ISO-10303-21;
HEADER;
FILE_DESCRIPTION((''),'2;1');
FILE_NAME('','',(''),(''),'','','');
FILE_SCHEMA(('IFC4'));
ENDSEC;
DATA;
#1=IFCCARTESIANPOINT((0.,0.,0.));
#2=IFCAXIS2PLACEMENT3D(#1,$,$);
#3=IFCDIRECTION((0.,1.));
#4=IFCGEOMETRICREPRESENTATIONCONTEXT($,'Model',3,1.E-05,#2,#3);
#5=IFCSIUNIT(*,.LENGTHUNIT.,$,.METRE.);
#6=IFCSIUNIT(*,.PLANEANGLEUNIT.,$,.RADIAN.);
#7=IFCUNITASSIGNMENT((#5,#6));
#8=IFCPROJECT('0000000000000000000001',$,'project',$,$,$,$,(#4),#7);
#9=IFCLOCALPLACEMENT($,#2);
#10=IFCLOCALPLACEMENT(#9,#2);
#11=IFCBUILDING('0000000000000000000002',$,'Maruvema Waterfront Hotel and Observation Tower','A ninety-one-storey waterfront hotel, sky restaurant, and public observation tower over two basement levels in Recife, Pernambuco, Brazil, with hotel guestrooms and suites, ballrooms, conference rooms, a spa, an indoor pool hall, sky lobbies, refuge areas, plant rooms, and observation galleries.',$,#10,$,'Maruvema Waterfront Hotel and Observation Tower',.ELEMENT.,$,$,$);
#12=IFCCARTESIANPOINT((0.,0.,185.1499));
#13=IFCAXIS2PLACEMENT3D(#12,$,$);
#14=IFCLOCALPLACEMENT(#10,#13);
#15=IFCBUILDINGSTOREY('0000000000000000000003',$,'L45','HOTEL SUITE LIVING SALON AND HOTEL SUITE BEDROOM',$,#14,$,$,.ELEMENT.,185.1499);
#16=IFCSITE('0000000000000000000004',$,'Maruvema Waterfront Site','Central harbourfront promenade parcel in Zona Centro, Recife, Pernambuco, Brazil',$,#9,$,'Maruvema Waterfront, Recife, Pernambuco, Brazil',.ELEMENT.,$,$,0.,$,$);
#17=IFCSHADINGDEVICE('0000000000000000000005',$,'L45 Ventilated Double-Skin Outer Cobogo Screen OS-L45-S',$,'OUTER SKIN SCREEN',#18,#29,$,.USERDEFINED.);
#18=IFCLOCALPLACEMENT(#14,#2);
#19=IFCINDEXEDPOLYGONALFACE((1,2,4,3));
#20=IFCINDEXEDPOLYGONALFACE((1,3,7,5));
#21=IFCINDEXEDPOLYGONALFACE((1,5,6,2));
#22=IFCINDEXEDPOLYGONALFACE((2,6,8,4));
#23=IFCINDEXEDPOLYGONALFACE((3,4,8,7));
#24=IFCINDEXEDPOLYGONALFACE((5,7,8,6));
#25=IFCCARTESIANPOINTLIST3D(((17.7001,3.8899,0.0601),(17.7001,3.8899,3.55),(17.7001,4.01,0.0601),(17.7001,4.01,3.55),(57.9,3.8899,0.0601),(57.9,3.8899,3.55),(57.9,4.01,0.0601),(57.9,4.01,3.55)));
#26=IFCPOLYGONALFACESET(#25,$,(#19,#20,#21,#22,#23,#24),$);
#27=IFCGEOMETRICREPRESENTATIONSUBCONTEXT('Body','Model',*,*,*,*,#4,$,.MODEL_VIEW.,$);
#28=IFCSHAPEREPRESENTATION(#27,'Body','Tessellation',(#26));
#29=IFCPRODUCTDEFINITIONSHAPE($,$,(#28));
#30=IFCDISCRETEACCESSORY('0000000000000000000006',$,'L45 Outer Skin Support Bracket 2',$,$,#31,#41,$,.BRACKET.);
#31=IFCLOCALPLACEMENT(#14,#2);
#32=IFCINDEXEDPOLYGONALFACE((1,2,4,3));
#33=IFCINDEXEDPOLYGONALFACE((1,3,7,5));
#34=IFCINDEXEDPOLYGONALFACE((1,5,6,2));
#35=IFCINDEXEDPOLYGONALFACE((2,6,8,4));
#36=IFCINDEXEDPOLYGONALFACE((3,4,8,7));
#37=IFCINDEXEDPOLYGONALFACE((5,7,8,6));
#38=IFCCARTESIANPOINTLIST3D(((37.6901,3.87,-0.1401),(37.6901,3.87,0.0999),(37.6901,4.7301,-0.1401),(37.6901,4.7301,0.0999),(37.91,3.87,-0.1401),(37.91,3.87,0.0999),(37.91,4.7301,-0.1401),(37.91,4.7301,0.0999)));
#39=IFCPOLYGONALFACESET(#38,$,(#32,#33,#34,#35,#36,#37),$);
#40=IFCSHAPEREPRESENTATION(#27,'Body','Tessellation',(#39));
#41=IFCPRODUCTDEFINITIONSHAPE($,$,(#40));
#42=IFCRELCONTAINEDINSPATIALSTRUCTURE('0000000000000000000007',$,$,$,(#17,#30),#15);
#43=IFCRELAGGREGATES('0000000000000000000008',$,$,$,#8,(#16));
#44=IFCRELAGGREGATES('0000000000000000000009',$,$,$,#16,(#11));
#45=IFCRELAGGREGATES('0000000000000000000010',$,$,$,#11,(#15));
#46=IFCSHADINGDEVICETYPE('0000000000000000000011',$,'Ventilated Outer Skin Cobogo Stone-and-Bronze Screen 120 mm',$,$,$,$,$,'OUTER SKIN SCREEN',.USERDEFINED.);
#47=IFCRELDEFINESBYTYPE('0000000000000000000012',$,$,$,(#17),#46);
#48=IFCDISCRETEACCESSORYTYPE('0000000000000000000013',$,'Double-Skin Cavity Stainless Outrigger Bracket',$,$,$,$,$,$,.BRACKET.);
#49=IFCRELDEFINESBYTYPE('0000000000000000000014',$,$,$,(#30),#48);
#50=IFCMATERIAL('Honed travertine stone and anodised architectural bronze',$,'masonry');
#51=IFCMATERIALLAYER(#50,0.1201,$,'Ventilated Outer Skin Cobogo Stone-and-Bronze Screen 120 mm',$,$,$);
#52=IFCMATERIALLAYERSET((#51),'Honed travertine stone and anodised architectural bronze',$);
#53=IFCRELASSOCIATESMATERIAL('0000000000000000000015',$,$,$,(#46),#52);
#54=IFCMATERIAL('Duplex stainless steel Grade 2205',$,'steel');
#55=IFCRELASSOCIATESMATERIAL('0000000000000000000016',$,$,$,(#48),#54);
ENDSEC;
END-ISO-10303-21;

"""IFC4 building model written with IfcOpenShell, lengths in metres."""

from ifc_helpers import new_model, si_unit, direction, frame, origin, origin_2d, place, context, subcontext, project, spatial, rectangle, extrude, material, layer, layer_set, type_object, element, save


model = new_model("IFC4")

# Units and contexts
model_context = context("Model", 3, precision=1e-05, world=origin(), true_north=direction((0.0, 1.0)))
body_context = subcontext(model_context, "Body", "Model", "MODEL_VIEW")
ifc_project = project(units=[si_unit("LENGTHUNIT", "METRE"), si_unit("PLANEANGLEUNIT", "RADIAN")], contexts=[model_context])

# Site, building, storey
site_placement = place(None, origin())
site = spatial("IfcSite", under=ifc_project, at=site_placement, Name="Maruvema Waterfront Site", Description="Central harbourfront promenade parcel in Zona Centro, Recife, Pernambuco, Brazil", LongName="Maruvema Waterfront, Recife, Pernambuco, Brazil", CompositionType="ELEMENT", RefElevation=0.0)
building_placement = place(site_placement, origin())
building = spatial("IfcBuilding", under=site, at=building_placement, Name="Maruvema Waterfront Hotel and Observation Tower", Description="A ninety-one-storey waterfront hotel, sky restaurant, and public observation tower over two basement levels in Recife, Pernambuco, Brazil, with hotel guestrooms and suites, ballrooms, conference rooms, a spa, an indoor pool hall, sky lobbies, refuge areas, plant rooms, and observation galleries.", LongName="Maruvema Waterfront Hotel and Observation Tower", CompositionType="ELEMENT")
storey_placement = place(building_placement, frame((0.0, 0.0, 185.1499)))
storey = spatial("IfcBuildingStorey", under=building, at=storey_placement, Name="L45", Description="HOTEL SUITE LIVING SALON AND HOTEL SUITE BEDROOM", CompositionType="ELEMENT", Elevation=185.1499)

# Shading device
ifc_material_1 = material(Name="Honed travertine stone and anodised architectural bronze", Category="masonry")
ifc_layer_1 = layer(ifc_material_1, 0.1201, Name="Ventilated Outer Skin Cobogo Stone-and-Bronze Screen 120 mm")
ifc_layer_set_1 = layer_set([ifc_layer_1], Name="Honed travertine stone and anodised architectural bronze")
shading_device_type = type_object("IfcShadingDeviceType", Name="Ventilated Outer Skin Cobogo Stone-and-Bronze Screen 120 mm", ElementType="OUTER SKIN SCREEN", PredefinedType="USERDEFINED", material=ifc_layer_set_1)
shading_device_placement = place(storey_placement, frame((37.8, 3.95, 0.0601), z_axis=(0.0, 0.0, 1.0), x_axis=(1.0, 0.0, 0.0)))
element("IfcShadingDevice", 1, at=shading_device_placement, inside=storey, type_object=shading_device_type, Name="L45 Ventilated Double-Skin Outer Cobogo Screen OS-L45-S", ObjectType="OUTER SKIN SCREEN", PredefinedType="USERDEFINED", context=body_context, shape_type="SweptSolid", body=[
    extrude(rectangle(XDim=40.2, YDim=0.1201, at=origin_2d()), origin(), (0.0, 0.0, 1.0), 3.49),
])

# Discrete accessory
ifc_material_2 = material(Name="Duplex stainless steel Grade 2205", Category="steel")
discrete_accessory_type = type_object("IfcDiscreteAccessoryType", Name="Double-Skin Cavity Stainless Outrigger Bracket", PredefinedType="BRACKET", material=ifc_material_2)
discrete_accessory_placement = place(storey_placement, frame((37.8, 4.3, -0.1401), z_axis=(0.0, 0.0, 1.0), x_axis=(1.0, 0.0, 0.0)))
element("IfcDiscreteAccessory", 2, at=discrete_accessory_placement, inside=storey, type_object=discrete_accessory_type, Name="L45 Outer Skin Support Bracket 2", PredefinedType="BRACKET", context=body_context, shape_type="SweptSolid", body=[
    extrude(rectangle(XDim=0.22, YDim=0.8601, at=origin_2d()), origin(), (0.0, 0.0, 1.0), 0.24),
])

save(model, "model.ifc")
